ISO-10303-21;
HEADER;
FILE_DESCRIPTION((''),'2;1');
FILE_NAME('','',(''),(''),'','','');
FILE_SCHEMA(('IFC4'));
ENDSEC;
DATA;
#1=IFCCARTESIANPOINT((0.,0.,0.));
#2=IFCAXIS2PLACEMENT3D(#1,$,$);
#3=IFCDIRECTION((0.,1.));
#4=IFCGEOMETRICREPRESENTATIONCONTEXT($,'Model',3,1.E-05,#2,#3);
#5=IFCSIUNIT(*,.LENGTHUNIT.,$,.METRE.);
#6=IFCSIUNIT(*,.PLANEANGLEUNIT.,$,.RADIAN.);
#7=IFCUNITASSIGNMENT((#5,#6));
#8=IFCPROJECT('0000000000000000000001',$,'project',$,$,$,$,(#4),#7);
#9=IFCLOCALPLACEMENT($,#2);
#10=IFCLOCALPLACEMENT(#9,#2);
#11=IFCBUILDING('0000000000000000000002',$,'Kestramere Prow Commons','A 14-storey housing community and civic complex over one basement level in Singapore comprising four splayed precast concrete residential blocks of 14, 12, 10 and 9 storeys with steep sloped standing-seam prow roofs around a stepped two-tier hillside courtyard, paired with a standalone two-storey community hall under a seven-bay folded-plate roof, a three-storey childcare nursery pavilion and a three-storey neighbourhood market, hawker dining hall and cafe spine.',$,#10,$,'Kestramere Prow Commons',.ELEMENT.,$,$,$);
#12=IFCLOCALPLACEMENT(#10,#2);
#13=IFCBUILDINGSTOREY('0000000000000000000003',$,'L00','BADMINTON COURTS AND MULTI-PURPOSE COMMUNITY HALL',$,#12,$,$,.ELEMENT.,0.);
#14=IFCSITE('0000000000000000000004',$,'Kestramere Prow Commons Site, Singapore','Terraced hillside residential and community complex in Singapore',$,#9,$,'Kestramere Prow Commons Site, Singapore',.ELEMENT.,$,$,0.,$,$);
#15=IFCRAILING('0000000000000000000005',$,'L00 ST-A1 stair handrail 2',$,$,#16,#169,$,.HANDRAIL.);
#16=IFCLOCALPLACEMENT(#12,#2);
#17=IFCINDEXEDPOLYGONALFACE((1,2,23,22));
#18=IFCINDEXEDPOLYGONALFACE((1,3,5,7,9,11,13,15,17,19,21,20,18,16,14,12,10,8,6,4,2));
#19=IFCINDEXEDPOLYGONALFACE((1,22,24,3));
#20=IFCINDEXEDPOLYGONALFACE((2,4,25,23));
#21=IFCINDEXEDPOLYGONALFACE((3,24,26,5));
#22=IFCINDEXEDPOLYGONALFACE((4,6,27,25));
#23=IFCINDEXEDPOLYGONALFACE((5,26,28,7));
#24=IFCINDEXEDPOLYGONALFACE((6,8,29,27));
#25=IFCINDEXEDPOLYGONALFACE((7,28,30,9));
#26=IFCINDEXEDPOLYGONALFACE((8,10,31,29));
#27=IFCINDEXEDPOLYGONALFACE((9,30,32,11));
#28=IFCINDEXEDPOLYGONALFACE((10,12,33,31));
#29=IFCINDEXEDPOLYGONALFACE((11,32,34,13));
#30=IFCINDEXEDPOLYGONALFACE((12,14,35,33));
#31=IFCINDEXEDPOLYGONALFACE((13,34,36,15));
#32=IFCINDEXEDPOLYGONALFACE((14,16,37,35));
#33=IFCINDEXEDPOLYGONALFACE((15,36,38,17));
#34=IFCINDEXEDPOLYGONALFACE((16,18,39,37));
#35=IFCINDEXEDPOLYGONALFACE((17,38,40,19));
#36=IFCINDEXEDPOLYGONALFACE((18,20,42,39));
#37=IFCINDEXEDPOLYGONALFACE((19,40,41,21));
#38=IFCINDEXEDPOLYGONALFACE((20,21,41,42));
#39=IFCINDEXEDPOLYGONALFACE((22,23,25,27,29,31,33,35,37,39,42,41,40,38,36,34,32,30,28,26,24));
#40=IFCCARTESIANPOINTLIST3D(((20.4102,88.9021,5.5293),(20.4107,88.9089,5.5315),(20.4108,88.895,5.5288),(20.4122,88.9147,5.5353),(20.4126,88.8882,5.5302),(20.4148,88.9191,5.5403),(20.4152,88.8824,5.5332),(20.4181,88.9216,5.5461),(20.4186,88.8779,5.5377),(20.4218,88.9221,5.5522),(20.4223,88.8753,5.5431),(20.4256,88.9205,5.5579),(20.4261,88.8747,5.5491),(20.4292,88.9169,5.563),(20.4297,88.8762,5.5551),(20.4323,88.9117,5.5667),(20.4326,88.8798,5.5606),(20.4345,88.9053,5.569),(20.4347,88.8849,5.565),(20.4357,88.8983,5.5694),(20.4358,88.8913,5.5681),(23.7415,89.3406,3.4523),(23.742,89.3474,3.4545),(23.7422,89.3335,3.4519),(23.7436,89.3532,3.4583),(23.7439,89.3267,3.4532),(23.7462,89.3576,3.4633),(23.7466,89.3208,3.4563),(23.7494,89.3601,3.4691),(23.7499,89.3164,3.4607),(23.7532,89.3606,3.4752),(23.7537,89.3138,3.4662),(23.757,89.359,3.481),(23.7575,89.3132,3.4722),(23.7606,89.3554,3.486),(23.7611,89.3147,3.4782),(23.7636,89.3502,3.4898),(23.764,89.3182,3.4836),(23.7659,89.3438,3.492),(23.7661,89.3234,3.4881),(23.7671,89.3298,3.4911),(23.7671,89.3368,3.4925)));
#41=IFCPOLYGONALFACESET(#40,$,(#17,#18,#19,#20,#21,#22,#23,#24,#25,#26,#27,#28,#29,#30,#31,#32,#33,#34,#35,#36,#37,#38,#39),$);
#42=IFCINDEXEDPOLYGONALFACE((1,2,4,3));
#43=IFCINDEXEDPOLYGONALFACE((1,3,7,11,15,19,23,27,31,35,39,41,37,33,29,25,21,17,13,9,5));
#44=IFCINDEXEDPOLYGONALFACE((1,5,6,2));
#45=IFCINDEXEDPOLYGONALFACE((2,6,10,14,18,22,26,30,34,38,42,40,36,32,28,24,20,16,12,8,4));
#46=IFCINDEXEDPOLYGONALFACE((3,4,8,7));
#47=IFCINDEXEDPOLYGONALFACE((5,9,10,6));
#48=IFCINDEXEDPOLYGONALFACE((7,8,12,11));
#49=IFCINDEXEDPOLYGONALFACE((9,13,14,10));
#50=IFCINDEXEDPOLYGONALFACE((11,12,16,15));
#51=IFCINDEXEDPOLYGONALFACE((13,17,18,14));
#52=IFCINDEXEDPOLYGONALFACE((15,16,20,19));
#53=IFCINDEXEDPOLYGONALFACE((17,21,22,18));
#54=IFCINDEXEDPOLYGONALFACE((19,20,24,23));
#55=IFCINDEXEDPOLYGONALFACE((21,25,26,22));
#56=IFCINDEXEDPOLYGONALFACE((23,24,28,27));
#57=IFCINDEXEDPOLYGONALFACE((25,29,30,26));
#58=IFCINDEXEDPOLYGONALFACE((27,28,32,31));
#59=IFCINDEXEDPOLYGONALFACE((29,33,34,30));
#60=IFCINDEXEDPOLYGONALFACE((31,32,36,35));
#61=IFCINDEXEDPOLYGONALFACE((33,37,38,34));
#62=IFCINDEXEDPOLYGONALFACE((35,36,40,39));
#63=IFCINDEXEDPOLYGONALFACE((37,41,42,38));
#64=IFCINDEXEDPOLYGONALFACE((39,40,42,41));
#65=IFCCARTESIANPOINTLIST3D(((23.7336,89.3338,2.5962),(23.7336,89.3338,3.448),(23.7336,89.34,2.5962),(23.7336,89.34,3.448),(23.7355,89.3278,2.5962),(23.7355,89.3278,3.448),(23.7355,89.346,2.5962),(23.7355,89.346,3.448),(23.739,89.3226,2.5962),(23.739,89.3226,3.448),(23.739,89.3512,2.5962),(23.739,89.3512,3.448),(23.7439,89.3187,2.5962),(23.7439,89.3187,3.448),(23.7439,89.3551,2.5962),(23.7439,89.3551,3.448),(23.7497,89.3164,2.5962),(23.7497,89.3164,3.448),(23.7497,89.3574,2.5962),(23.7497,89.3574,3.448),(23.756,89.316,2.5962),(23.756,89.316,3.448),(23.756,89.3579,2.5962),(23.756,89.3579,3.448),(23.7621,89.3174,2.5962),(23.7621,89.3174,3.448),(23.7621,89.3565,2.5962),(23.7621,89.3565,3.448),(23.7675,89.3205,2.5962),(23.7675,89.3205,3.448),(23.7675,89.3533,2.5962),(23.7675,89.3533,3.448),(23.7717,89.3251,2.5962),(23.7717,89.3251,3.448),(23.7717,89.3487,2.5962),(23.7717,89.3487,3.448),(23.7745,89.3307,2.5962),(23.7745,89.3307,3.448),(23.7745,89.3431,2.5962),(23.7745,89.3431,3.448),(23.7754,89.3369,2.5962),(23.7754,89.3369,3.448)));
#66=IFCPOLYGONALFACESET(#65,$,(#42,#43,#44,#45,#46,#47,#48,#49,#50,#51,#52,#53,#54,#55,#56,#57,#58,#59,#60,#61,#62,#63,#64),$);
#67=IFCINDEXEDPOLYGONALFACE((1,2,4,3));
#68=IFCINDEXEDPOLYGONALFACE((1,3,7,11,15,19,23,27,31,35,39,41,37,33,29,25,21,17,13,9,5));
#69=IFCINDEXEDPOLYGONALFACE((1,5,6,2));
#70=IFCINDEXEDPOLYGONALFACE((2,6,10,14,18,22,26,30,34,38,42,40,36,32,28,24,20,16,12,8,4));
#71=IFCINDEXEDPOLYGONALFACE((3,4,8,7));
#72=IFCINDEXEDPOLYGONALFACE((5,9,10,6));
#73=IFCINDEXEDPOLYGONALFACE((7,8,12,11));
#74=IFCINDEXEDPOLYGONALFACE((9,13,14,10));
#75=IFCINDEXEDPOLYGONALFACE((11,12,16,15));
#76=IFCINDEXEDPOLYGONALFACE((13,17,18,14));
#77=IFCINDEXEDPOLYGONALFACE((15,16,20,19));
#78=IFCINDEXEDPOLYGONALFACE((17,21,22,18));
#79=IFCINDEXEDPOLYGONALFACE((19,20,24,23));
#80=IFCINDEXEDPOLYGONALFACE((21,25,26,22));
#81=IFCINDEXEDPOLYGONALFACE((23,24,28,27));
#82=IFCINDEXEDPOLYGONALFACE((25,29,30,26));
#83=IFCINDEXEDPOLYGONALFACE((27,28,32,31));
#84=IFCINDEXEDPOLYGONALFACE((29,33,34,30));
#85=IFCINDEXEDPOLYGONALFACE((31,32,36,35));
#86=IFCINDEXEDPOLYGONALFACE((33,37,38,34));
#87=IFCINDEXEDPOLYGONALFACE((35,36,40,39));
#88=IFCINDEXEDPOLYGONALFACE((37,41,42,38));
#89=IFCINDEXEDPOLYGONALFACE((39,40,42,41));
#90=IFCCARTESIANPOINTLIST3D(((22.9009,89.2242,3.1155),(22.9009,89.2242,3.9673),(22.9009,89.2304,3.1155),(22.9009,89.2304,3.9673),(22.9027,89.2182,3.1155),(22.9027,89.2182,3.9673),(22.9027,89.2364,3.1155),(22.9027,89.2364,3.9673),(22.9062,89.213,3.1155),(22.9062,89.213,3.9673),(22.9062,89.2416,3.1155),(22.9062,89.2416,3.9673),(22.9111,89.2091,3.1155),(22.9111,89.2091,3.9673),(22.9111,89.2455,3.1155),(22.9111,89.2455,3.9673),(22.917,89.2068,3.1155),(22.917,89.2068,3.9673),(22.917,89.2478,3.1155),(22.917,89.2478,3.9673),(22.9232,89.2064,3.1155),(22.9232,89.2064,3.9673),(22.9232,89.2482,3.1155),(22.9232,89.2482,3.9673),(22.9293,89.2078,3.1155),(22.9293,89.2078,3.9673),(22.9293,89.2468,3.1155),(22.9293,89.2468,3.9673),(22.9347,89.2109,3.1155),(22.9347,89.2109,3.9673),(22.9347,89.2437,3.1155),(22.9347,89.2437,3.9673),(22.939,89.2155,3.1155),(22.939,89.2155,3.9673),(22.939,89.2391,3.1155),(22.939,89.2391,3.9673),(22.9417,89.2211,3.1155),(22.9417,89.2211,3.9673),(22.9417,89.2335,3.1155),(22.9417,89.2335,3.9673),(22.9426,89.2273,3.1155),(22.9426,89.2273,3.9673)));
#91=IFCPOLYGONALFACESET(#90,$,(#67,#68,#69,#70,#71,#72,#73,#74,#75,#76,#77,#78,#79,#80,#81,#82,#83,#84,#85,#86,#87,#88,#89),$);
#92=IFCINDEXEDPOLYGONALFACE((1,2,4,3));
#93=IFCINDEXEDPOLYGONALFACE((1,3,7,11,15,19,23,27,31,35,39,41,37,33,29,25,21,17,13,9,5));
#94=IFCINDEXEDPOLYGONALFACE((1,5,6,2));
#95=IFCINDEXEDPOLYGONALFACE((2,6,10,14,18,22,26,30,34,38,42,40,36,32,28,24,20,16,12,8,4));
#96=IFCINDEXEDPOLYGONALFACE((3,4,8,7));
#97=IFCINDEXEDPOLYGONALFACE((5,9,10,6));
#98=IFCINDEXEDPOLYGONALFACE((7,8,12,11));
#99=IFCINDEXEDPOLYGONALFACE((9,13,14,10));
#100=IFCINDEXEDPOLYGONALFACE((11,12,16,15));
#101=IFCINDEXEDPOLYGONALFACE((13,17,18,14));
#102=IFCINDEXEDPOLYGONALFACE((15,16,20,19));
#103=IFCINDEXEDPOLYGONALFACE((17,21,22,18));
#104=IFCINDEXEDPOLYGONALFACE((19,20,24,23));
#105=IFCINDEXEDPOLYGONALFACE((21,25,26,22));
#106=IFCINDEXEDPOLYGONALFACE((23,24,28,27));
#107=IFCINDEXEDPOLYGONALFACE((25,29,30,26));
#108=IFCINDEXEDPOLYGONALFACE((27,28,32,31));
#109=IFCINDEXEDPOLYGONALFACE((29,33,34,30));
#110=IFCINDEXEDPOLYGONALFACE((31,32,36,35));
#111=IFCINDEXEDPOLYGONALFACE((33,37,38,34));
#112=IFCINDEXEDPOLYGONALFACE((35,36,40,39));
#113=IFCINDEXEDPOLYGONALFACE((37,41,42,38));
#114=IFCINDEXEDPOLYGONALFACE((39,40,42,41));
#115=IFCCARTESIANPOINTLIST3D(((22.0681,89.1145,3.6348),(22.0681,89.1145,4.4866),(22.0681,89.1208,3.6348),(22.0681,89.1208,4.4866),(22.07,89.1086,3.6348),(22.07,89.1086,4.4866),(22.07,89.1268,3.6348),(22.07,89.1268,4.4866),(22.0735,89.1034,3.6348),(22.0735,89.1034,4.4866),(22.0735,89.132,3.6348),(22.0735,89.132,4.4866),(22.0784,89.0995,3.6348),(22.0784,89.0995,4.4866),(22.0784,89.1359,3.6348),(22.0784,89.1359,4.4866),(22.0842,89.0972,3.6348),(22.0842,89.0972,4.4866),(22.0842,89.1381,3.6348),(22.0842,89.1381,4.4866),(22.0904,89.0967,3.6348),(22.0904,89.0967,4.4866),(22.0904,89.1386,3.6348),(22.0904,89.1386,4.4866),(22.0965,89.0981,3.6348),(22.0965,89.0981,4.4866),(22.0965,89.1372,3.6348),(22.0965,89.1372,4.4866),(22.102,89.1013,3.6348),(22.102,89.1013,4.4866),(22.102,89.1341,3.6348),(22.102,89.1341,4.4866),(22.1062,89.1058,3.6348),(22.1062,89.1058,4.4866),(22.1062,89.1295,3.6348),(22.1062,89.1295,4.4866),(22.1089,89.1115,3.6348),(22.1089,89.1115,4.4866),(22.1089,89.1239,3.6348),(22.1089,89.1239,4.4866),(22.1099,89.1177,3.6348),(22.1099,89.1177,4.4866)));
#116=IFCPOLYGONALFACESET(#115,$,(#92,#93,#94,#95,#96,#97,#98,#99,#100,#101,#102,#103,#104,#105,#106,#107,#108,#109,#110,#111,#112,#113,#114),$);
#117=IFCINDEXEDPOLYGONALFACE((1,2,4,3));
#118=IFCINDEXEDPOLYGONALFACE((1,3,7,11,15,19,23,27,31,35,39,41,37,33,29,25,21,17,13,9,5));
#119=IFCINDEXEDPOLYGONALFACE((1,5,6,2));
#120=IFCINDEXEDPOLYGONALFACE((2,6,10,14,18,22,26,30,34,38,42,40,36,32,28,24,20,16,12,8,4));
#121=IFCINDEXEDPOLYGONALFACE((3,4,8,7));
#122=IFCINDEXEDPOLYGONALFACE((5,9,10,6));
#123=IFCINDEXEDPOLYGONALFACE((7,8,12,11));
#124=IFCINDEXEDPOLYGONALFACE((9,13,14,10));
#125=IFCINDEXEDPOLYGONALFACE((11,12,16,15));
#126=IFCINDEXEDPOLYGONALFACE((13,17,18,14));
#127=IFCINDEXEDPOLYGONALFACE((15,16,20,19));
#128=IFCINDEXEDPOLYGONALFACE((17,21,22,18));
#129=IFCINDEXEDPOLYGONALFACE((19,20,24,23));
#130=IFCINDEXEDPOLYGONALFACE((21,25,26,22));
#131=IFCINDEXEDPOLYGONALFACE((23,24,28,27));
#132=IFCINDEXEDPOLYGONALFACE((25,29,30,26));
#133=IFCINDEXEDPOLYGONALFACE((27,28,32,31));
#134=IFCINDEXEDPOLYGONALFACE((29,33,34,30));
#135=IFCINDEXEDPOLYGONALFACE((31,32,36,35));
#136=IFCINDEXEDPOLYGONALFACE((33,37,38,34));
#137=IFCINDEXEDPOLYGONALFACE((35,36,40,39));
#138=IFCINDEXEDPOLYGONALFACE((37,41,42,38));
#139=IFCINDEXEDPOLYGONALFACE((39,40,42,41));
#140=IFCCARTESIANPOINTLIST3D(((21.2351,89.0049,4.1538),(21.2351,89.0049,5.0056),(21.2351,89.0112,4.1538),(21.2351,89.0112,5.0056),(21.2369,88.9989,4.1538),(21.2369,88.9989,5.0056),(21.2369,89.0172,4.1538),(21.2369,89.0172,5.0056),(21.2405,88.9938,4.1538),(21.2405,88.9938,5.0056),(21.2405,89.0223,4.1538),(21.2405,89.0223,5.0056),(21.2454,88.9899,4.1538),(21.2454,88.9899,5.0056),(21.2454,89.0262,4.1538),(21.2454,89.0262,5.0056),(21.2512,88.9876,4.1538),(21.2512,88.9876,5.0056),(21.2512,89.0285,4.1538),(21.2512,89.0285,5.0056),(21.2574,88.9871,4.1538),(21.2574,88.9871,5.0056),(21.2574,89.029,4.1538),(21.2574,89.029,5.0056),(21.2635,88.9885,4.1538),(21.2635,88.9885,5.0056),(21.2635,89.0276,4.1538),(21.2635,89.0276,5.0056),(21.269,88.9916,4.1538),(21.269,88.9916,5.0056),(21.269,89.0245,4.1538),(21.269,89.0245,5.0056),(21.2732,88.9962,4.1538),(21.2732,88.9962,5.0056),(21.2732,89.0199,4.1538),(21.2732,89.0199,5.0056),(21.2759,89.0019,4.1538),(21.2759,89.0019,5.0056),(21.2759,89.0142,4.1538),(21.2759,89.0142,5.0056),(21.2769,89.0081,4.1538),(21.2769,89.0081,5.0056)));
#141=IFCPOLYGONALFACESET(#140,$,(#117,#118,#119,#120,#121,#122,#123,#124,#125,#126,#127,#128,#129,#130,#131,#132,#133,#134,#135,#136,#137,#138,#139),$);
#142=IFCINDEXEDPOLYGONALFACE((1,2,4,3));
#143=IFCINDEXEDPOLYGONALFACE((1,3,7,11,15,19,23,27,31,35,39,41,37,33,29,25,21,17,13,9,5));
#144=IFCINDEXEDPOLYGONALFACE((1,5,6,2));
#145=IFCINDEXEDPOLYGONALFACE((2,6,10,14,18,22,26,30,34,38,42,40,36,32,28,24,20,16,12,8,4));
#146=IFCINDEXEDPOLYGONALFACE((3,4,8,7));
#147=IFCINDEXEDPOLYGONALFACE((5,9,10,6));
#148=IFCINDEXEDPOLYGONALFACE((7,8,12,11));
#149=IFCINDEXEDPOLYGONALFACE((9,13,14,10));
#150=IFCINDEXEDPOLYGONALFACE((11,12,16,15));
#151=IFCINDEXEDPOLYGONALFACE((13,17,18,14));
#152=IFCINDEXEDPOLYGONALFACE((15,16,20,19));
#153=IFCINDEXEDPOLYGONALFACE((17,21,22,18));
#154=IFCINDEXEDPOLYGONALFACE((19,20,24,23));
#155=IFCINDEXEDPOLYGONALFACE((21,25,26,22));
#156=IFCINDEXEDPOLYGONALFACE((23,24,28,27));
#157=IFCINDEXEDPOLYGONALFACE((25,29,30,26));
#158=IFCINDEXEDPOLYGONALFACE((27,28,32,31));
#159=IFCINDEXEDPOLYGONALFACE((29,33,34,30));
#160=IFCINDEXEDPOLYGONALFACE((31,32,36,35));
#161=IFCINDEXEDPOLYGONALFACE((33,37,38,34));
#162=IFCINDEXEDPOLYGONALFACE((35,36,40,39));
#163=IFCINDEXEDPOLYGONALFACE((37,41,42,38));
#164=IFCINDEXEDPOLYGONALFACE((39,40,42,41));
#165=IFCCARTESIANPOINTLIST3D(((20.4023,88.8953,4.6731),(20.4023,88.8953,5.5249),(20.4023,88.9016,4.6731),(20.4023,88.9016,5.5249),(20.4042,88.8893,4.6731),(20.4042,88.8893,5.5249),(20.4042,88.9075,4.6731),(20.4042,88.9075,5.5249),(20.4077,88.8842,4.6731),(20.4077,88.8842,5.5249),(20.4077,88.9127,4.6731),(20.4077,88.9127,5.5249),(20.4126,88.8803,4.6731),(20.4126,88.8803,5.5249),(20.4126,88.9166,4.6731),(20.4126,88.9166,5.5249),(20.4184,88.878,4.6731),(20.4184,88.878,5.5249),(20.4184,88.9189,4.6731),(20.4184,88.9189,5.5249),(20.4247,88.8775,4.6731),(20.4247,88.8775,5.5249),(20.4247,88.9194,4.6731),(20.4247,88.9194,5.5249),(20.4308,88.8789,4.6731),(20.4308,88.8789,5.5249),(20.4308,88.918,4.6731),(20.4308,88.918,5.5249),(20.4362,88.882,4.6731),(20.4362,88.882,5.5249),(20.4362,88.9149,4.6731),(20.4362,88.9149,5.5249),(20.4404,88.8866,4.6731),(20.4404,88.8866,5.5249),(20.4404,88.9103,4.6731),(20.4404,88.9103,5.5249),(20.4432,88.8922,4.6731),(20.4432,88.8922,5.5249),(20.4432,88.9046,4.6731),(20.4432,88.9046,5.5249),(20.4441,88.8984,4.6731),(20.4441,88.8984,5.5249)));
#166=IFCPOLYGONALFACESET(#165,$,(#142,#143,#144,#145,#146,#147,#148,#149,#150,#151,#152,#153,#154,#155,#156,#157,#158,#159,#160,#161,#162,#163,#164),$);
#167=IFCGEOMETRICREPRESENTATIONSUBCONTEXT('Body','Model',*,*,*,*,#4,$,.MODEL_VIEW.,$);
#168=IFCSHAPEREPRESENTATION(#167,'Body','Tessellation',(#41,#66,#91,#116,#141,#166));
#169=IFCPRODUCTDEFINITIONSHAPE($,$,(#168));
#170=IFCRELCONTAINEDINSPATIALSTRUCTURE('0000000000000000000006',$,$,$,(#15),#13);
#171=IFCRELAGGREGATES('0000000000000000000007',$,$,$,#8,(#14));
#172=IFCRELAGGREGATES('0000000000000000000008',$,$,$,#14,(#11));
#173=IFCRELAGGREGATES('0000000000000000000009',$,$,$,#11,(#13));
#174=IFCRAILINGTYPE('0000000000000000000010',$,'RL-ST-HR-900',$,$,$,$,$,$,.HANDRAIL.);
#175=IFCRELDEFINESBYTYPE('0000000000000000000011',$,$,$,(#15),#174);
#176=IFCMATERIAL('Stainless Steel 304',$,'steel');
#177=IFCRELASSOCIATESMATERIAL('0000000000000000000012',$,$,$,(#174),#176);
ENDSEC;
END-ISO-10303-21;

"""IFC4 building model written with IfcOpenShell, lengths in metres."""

from ifc_helpers import new_model, si_unit, direction, frame, origin, origin_2d, place, context, subcontext, project, spatial, circle, extrude, material, type_object, element, save


model = new_model("IFC4")

# Units and contexts
model_context = context("Model", 3, precision=1e-05, world=origin(), true_north=direction((0.0, 1.0)))
body_context = subcontext(model_context, "Body", "Model", "MODEL_VIEW")
ifc_project = project(units=[si_unit("LENGTHUNIT", "METRE"), si_unit("PLANEANGLEUNIT", "RADIAN")], contexts=[model_context])

# Site, building, storey
site_placement = place(None, origin())
site = spatial("IfcSite", under=ifc_project, at=site_placement, Name="Kestramere Prow Commons Site, Singapore", Description="Terraced hillside residential and community complex in Singapore", LongName="Kestramere Prow Commons Site, Singapore", CompositionType="ELEMENT", RefElevation=0.0)
building_placement = place(site_placement, origin())
building = spatial("IfcBuilding", under=site, at=building_placement, Name="Kestramere Prow Commons", Description="A 14-storey housing community and civic complex over one basement level in Singapore comprising four splayed precast concrete residential blocks of 14, 12, 10 and 9 storeys with steep sloped standing-seam prow roofs around a stepped two-tier hillside courtyard, paired with a standalone two-storey community hall under a seven-bay folded-plate roof, a three-storey childcare nursery pavilion and a three-storey neighbourhood market, hawker dining hall and cafe spine.", LongName="Kestramere Prow Commons", CompositionType="ELEMENT")
storey_placement = place(building_placement, origin())
storey = spatial("IfcBuildingStorey", under=building, at=storey_placement, Name="L00", Description="BADMINTON COURTS AND MULTI-PURPOSE COMMUNITY HALL", CompositionType="ELEMENT", Elevation=0.0)

# Railing
ifc_material_1 = material(Name="Stainless Steel 304", Category="steel")
railing_type_1 = type_object("IfcRailingType", Name="RL-ST-HR-900", PredefinedType="HANDRAIL", material=ifc_material_1)
for number, where, name in (
    (1, (23.7544, 89.3369, 2.5962), "L00 ST-A1 stair handrail 2"),
):
    element("IfcRailing", number, at=place(storey_placement, frame(where)), inside=storey, type_object=railing_type_1, Name=name, PredefinedType="HANDRAIL", context=body_context, shape_type="SweptSolid", body=[
        extrude(circle(Radius=0.0239, at=origin_2d()), frame((0.0, 0.0, 0.876), z_axis=(-0.843344, -0.111004, 0.525784), x_axis=(0.130498, -0.991449, 0.0)), (0.0, 0.0, 1.0), 3.9502),
        extrude(circle(Radius=0.021, at=origin_2d()), origin(), (0.0, 0.0, 1.0), 0.8518),
        extrude(circle(Radius=0.021, at=origin_2d()), frame((-0.8328, -0.1096, 0.5193)), (0.0, 0.0, 1.0), 0.8518),
        extrude(circle(Radius=0.021, at=origin_2d()), frame((-1.6655, -0.2192, 1.0386)), (0.0, 0.0, 1.0), 0.8518),
        extrude(circle(Radius=0.021, at=origin_2d()), frame((-2.4985, -0.3289, 1.5576)), (0.0, 0.0, 1.0), 0.8518),
        extrude(circle(Radius=0.021, at=origin_2d()), frame((-3.3313, -0.4385, 2.0769)), (0.0, 0.0, 1.0), 0.8518),
    ])

save(model, "model.ifc")
